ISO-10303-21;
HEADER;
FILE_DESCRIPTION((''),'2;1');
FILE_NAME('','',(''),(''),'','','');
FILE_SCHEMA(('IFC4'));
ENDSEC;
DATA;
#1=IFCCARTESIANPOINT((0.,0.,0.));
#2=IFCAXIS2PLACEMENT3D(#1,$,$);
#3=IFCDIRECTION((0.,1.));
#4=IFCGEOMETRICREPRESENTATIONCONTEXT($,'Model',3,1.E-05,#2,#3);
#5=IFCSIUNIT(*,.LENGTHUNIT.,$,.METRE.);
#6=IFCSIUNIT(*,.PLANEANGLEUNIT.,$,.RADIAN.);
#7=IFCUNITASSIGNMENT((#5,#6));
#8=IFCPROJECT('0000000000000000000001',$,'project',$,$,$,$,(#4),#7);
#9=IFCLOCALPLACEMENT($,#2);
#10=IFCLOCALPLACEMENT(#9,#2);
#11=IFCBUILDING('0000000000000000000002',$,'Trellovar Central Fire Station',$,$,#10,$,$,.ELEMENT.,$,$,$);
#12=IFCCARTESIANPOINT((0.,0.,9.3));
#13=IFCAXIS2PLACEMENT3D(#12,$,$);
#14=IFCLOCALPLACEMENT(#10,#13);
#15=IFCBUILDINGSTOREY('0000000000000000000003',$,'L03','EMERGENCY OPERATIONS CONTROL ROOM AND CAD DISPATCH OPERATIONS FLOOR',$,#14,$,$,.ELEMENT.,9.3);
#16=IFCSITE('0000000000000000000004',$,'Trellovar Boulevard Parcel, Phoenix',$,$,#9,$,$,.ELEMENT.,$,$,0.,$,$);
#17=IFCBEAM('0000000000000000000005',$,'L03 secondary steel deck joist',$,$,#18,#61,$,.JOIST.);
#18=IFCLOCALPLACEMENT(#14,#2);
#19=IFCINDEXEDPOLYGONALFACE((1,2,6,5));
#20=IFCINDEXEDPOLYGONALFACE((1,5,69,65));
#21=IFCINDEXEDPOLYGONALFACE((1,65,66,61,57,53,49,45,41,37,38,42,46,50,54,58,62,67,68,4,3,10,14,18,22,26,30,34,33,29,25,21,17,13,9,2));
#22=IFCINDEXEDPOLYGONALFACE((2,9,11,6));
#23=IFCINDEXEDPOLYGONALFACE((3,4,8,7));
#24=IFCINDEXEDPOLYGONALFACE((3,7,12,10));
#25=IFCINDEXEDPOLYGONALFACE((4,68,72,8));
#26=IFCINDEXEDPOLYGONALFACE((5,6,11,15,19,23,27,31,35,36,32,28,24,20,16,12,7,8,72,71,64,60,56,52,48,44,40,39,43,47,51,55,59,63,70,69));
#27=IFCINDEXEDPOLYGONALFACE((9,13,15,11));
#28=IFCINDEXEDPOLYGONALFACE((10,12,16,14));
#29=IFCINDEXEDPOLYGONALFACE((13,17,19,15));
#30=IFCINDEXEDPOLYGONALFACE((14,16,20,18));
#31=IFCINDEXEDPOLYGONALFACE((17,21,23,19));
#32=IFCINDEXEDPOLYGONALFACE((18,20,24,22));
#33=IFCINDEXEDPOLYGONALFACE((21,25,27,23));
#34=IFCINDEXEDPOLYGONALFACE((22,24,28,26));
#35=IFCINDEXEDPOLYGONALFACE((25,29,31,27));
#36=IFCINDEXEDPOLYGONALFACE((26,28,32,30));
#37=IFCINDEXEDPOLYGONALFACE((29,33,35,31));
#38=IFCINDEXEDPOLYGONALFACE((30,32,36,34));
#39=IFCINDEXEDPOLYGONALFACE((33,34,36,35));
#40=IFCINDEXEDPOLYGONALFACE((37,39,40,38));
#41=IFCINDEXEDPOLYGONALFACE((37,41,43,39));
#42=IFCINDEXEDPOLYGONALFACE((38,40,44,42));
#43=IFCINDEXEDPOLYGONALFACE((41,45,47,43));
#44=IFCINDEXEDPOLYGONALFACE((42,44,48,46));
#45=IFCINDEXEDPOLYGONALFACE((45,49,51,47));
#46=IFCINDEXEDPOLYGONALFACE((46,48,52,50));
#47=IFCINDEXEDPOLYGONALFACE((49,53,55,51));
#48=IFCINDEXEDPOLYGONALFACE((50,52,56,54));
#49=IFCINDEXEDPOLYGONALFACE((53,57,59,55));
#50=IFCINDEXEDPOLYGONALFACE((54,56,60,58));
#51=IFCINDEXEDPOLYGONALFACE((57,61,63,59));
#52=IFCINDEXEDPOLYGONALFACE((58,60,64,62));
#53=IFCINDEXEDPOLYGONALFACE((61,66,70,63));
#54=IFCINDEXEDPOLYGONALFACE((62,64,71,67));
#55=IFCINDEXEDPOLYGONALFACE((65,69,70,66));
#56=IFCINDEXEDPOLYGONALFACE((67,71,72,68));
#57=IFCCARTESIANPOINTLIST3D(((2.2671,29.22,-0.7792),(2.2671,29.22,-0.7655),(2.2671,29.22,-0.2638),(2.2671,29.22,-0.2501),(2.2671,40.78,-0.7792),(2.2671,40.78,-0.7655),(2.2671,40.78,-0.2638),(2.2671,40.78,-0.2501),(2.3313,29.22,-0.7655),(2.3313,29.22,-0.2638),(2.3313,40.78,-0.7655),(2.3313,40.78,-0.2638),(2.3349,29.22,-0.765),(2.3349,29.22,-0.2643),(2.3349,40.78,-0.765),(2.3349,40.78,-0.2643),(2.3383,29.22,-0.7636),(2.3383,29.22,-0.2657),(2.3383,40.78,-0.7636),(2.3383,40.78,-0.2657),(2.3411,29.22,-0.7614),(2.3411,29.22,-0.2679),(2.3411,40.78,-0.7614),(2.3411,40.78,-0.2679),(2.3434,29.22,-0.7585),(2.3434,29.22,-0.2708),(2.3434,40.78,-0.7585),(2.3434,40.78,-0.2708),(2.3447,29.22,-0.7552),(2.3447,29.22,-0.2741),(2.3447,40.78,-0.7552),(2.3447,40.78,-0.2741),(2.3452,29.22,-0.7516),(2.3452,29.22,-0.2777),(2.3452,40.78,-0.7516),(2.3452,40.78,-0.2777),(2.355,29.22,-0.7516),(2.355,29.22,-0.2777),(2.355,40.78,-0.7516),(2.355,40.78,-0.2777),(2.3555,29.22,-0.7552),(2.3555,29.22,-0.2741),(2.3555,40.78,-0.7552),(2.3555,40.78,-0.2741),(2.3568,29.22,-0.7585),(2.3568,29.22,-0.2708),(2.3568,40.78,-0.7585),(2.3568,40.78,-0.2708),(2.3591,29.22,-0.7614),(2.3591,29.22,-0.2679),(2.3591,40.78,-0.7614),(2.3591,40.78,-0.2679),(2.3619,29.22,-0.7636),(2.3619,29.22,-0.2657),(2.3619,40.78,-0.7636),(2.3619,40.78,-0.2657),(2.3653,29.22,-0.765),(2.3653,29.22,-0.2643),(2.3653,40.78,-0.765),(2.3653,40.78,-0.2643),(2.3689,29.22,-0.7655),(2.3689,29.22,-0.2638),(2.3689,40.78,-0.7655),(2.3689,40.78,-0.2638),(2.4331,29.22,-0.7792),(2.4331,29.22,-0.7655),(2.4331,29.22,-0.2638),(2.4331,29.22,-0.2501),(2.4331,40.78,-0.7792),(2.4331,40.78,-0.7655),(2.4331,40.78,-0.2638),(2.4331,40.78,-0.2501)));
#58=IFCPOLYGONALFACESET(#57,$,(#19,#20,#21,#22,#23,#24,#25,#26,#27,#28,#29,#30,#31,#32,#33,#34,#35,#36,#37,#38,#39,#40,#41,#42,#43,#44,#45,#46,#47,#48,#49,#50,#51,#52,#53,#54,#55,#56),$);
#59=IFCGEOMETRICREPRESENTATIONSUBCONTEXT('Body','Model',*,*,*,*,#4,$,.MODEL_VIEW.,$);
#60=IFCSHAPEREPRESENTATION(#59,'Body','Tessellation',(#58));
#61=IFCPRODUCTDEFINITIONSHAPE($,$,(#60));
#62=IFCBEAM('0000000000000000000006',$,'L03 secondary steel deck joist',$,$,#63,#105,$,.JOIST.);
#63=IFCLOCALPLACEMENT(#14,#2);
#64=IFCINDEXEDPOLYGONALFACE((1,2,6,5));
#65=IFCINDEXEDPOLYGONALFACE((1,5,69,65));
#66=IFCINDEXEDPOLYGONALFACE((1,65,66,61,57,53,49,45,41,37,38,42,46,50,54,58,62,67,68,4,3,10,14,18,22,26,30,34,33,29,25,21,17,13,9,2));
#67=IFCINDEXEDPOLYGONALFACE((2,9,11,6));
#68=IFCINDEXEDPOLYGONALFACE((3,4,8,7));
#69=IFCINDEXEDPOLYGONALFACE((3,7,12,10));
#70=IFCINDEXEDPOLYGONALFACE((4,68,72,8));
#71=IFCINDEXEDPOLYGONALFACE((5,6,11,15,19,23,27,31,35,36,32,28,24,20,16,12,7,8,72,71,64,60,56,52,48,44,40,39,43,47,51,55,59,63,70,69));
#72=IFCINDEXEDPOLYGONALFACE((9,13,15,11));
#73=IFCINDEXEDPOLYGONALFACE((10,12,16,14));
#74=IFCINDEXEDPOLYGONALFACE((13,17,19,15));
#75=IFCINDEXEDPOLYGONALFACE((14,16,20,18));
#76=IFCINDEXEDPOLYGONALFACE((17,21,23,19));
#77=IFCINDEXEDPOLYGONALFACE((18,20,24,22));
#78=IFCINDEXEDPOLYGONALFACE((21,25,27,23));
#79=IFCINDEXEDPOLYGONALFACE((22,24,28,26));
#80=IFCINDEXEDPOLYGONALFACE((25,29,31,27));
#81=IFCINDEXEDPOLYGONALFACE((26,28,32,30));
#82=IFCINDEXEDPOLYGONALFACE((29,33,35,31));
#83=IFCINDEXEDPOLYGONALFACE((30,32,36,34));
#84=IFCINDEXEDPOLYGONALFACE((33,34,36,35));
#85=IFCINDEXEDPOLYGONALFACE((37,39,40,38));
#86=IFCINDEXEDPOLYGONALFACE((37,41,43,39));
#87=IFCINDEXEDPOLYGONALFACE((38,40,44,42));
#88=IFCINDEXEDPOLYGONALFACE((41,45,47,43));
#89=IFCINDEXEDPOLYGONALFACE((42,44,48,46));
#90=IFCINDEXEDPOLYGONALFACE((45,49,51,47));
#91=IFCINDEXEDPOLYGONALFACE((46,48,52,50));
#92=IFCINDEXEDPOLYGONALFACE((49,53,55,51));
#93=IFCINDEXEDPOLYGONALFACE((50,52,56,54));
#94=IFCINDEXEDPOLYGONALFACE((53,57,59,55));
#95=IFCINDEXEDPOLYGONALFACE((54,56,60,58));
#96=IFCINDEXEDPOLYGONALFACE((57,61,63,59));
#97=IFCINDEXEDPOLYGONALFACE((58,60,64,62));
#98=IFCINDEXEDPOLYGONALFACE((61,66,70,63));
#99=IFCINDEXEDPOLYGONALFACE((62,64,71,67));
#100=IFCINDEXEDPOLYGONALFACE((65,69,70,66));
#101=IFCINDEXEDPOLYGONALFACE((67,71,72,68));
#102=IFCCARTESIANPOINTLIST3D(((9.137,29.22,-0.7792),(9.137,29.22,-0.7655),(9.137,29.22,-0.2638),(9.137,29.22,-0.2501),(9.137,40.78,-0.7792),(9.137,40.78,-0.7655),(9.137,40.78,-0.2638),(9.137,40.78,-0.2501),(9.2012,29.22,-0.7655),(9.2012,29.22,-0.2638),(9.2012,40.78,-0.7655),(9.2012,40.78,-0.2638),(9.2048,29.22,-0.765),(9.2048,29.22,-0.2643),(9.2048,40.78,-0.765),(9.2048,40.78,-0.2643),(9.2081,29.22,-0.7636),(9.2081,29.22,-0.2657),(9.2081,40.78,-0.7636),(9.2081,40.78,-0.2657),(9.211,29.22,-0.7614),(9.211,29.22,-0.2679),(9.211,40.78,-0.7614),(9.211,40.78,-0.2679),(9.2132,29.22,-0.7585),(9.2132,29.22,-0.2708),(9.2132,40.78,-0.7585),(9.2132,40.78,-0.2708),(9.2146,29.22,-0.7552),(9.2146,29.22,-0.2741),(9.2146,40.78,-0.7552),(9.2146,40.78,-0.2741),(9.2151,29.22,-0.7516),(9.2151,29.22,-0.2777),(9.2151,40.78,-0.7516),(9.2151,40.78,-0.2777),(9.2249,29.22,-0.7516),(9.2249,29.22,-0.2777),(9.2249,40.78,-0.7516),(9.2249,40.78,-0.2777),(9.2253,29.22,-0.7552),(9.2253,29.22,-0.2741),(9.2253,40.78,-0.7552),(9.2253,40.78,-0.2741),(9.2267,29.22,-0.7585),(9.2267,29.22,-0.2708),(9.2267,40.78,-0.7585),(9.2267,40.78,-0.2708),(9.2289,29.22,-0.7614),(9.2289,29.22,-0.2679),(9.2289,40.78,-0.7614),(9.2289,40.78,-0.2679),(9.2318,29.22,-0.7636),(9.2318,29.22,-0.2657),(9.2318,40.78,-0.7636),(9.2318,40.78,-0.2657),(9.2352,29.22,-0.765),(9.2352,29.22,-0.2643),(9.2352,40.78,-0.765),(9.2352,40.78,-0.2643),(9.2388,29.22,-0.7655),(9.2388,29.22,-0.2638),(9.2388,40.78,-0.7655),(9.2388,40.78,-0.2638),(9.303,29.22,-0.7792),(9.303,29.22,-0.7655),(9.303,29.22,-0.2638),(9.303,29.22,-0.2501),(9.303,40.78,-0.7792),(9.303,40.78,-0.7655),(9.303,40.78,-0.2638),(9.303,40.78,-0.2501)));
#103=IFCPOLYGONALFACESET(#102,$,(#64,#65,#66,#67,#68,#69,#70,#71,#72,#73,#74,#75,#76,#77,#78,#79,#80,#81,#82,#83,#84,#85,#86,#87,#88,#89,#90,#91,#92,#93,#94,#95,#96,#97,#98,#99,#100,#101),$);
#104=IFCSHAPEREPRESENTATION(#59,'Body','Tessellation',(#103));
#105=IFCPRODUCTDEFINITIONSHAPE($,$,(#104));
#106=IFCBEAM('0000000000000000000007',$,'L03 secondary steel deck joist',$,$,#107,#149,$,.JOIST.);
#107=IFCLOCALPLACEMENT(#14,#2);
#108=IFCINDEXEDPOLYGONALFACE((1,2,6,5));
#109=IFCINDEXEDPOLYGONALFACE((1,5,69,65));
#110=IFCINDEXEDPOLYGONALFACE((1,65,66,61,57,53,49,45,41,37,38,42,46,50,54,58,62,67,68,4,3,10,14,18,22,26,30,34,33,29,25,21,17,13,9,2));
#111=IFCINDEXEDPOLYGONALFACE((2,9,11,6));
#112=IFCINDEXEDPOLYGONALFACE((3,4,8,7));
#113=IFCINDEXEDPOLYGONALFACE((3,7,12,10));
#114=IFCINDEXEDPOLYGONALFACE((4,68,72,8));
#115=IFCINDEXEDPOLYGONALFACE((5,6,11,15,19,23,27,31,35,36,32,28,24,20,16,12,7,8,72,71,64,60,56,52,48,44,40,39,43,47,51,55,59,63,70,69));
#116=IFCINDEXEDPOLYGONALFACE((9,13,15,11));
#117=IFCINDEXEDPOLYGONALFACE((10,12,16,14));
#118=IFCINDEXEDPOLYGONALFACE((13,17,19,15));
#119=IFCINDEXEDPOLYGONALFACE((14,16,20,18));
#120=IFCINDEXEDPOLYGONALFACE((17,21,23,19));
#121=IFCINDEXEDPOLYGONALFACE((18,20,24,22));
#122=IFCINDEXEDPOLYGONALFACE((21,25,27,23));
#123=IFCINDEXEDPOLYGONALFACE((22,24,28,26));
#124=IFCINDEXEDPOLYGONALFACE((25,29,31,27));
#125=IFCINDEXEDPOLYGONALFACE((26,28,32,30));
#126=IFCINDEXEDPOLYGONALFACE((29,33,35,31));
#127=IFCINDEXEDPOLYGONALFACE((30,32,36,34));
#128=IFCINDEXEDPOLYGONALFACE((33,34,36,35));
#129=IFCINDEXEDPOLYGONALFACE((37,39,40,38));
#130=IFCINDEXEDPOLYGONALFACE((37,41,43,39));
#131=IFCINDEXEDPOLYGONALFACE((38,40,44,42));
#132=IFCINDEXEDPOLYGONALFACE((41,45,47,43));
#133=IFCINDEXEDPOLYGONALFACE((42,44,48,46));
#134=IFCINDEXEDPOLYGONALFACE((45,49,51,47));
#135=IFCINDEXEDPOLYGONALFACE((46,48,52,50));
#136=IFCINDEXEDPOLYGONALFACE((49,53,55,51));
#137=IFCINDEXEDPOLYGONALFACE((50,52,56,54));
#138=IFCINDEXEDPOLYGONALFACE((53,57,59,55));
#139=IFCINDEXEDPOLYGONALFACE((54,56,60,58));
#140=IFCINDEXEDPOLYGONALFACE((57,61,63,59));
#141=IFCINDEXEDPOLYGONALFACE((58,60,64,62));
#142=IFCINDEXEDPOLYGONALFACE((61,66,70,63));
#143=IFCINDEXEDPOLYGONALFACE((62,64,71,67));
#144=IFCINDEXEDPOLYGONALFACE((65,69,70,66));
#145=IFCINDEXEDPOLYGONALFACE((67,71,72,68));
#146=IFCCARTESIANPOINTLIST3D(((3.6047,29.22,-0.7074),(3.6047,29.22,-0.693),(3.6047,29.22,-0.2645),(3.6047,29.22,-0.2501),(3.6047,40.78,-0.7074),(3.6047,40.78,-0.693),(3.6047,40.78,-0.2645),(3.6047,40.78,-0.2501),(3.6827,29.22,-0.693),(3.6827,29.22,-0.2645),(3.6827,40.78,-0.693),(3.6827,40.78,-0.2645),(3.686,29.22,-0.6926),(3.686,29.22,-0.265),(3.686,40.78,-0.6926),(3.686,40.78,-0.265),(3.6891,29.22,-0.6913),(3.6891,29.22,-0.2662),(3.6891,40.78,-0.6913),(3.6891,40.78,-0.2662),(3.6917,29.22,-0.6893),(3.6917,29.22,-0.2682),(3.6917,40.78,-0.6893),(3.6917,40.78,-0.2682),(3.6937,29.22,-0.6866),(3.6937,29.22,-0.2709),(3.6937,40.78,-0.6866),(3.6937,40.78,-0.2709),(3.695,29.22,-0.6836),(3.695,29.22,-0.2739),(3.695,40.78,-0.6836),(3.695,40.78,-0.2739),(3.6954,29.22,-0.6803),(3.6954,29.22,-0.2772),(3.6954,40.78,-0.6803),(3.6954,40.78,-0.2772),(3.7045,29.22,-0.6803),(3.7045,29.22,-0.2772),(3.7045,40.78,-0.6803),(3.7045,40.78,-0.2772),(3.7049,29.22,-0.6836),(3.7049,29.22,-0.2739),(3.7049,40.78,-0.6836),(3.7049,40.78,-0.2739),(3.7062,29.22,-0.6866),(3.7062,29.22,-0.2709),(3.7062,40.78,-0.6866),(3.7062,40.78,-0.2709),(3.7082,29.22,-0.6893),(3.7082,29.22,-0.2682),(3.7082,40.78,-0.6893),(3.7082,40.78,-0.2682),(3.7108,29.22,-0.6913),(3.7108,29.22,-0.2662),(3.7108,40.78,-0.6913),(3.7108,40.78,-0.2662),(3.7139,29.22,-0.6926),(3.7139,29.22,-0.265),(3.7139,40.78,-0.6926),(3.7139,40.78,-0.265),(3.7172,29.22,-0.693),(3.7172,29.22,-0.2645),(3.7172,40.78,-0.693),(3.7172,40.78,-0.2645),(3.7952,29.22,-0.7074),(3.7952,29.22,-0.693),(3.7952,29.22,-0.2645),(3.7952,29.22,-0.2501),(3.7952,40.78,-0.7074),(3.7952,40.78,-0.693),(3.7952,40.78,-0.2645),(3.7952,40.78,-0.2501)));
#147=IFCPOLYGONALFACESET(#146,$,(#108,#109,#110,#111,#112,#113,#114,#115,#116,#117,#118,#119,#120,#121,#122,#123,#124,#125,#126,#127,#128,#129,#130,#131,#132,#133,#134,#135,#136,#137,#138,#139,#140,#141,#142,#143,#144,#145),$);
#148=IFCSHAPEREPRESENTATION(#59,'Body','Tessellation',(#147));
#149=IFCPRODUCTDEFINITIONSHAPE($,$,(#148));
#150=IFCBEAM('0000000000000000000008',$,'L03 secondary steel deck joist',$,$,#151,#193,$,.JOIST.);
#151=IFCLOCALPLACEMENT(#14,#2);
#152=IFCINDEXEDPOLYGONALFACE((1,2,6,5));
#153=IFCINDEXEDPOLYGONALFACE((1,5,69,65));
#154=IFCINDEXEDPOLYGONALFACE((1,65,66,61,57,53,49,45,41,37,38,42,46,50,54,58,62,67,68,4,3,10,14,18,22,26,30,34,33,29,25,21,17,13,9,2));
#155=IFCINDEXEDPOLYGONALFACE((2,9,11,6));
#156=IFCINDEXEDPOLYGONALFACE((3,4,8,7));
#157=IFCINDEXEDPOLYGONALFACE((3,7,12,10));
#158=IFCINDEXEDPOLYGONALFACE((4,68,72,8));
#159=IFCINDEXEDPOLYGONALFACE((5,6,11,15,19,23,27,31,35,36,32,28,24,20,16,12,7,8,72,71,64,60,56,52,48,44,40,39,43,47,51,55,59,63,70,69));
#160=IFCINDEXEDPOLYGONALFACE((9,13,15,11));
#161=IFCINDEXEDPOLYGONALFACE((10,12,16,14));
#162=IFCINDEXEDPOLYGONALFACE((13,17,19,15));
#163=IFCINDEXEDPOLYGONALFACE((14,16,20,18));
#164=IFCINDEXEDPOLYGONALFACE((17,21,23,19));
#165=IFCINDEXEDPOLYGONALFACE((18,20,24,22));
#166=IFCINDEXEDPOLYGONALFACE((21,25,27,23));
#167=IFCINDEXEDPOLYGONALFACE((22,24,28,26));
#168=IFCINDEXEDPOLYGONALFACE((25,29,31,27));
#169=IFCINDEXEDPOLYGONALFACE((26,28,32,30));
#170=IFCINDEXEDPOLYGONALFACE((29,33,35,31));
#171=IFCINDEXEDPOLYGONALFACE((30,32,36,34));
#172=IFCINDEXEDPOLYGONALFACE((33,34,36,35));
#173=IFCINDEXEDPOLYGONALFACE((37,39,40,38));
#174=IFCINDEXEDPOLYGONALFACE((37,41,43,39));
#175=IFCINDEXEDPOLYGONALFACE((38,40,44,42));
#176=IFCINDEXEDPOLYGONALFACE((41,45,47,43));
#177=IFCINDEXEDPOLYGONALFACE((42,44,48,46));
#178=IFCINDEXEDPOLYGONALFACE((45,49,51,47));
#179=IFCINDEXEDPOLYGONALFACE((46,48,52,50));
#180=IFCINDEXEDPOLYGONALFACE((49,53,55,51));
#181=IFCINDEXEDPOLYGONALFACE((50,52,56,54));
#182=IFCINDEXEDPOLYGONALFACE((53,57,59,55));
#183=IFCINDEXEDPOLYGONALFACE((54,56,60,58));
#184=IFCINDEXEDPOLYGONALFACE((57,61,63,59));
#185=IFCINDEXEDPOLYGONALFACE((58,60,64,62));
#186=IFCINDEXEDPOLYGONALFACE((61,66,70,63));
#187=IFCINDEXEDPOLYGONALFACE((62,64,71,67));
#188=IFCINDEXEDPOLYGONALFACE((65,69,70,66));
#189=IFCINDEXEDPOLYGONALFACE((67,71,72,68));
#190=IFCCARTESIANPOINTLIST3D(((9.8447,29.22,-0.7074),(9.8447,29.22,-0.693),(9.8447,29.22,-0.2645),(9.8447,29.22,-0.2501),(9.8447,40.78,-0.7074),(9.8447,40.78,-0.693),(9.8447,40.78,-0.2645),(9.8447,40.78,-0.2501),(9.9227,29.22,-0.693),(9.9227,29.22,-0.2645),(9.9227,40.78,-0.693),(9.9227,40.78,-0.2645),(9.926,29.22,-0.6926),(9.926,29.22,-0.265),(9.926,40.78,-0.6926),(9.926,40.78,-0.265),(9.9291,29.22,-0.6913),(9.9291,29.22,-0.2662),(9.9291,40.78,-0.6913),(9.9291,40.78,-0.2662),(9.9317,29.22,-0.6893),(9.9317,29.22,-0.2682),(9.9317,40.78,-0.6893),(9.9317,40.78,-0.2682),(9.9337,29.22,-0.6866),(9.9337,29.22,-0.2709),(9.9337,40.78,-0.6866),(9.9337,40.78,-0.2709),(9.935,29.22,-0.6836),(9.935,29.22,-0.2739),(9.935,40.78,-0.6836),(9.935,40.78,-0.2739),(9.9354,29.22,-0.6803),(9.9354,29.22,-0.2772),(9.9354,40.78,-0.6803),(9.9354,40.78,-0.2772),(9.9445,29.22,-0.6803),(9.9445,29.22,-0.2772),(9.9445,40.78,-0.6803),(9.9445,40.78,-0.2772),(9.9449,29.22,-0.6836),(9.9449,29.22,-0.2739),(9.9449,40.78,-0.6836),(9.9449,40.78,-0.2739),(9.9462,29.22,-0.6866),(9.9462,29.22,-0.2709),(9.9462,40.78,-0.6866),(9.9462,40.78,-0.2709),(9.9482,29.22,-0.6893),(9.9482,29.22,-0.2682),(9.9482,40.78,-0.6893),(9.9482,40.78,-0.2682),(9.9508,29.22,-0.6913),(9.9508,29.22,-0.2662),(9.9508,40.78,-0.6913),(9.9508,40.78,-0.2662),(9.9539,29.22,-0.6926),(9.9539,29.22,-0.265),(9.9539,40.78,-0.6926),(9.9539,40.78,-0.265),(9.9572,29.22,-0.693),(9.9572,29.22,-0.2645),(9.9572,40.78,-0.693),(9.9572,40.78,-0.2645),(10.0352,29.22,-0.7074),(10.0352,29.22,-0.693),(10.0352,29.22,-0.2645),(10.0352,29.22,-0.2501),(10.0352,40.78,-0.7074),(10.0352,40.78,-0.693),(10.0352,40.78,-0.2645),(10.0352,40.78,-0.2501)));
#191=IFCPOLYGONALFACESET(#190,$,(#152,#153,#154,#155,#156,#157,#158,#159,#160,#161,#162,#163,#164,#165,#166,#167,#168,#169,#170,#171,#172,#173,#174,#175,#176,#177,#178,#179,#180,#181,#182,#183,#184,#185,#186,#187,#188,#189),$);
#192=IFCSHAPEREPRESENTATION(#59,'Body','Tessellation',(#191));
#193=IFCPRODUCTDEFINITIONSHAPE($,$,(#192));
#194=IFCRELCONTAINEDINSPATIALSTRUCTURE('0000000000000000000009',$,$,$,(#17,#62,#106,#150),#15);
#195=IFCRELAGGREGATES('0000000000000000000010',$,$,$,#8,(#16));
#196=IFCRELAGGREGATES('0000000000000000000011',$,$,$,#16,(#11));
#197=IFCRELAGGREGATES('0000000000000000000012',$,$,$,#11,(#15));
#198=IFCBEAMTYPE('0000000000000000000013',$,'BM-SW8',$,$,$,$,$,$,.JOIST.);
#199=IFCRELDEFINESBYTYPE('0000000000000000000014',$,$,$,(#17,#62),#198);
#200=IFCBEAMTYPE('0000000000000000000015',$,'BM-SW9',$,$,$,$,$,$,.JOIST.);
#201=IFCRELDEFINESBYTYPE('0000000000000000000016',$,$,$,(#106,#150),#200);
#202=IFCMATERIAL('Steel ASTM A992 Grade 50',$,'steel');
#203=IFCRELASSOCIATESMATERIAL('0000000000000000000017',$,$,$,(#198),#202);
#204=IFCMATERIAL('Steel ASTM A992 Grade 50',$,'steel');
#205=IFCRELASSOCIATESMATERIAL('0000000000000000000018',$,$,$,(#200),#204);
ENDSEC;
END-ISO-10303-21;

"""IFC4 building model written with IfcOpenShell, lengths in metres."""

from ifc_helpers import new_model, si_unit, direction, frame, origin, origin_2d, place, context, subcontext, project, spatial, i_section, extrude, material, material_profile, profile_set, type_object, element, save


model = new_model("IFC4")

# Units and contexts
model_context = context("Model", 3, precision=1e-05, world=origin(), true_north=direction((0.0, 1.0)))
body_context = subcontext(model_context, "Body", "Model", "MODEL_VIEW")
ifc_project = project(units=[si_unit("LENGTHUNIT", "METRE"), si_unit("PLANEANGLEUNIT", "RADIAN")], contexts=[model_context])

# Site, building, storey
site_placement = place(None, origin())
site = spatial("IfcSite", under=ifc_project, at=site_placement, Name="Trellovar Boulevard Parcel, Phoenix", CompositionType="ELEMENT", RefElevation=0.0)
building_placement = place(site_placement, origin())
building = spatial("IfcBuilding", under=site, at=building_placement, Name="Trellovar Central Fire Station", CompositionType="ELEMENT")
storey_placement = place(building_placement, frame((0.0, 0.0, 9.3)))
storey = spatial("IfcBuildingStorey", under=building, at=storey_placement, Name="L03", Description="EMERGENCY OPERATIONS CONTROL ROOM AND CAD DISPATCH OPERATIONS FLOOR", CompositionType="ELEMENT", Elevation=9.3)

# Beams
ifc_material_1 = material(Name="Steel ASTM A992 Grade 50", Category="steel")
ifc_material_profile_1 = material_profile(ifc_material_1, i_section(OverallWidth=0.166, OverallDepth=0.5291, WebThickness=0.0098, FlangeThickness=0.0137, FilletRadius=0.0139, at=origin_2d()), Name="W21X50")
ifc_profile_set_1 = profile_set([ifc_material_profile_1], Name="Steel ASTM A992 Grade 50")
beam_type_1 = type_object("IfcBeamType", Name="BM-SW8", PredefinedType="JOIST", material=ifc_profile_set_1)
for number, where, z_axis, x_axis, name in (
    (1, (2.3501, 29.22, -0.5146), (0.0, 1.0, 0.0), (-1.0, 0.0, 0.0), "L03 secondary steel deck joist"),
    (2, (9.22, 29.22, -0.5146), (0.0, 1.0, 0.0), (-1.0, 0.0, 0.0), "L03 secondary steel deck joist"),
):
    element("IfcBeam", number, at=place(storey_placement, frame(where, z_axis=z_axis, x_axis=x_axis)), inside=storey, type_object=beam_type_1, Name=name, PredefinedType="JOIST", context=body_context, shape_type="SweptSolid", body=[
        extrude(i_section(OverallWidth=0.166, OverallDepth=0.5291, WebThickness=0.0098, FlangeThickness=0.0137, FilletRadius=0.0139, at=origin_2d()), origin(), (0.0, 0.0, 1.0), 11.5601),
    ])
ifc_material_2 = material(Name="Steel ASTM A992 Grade 50", Category="steel")
ifc_material_profile_2 = material_profile(ifc_material_2, i_section(OverallWidth=0.1904, OverallDepth=0.4573, WebThickness=0.009, FlangeThickness=0.0144, FilletRadius=0.0127, at=origin_2d()), Name="W18X50")
ifc_profile_set_2 = profile_set([ifc_material_profile_2], Name="Steel ASTM A992 Grade 50")
beam_type_2 = type_object("IfcBeamType", Name="BM-SW9", PredefinedType="JOIST", material=ifc_profile_set_2)
for number, where, z_axis, x_axis, name in (
    (3, (3.7, 29.22, -0.4788), (0.0, 1.0, 0.0), (-1.0, 0.0, 0.0), "L03 secondary steel deck joist"),
    (4, (9.9399, 29.22, -0.4788), (0.0, 1.0, 0.0), (-1.0, 0.0, 0.0), "L03 secondary steel deck joist"),
):
    element("IfcBeam", number, at=place(storey_placement, frame(where, z_axis=z_axis, x_axis=x_axis)), inside=storey, type_object=beam_type_2, Name=name, PredefinedType="JOIST", context=body_context, shape_type="SweptSolid", body=[
        extrude(i_section(OverallWidth=0.1904, OverallDepth=0.4573, WebThickness=0.009, FlangeThickness=0.0144, FilletRadius=0.0127, at=origin_2d()), origin(), (0.0, 0.0, 1.0), 11.5601),
    ])

save(model, "model.ifc")
